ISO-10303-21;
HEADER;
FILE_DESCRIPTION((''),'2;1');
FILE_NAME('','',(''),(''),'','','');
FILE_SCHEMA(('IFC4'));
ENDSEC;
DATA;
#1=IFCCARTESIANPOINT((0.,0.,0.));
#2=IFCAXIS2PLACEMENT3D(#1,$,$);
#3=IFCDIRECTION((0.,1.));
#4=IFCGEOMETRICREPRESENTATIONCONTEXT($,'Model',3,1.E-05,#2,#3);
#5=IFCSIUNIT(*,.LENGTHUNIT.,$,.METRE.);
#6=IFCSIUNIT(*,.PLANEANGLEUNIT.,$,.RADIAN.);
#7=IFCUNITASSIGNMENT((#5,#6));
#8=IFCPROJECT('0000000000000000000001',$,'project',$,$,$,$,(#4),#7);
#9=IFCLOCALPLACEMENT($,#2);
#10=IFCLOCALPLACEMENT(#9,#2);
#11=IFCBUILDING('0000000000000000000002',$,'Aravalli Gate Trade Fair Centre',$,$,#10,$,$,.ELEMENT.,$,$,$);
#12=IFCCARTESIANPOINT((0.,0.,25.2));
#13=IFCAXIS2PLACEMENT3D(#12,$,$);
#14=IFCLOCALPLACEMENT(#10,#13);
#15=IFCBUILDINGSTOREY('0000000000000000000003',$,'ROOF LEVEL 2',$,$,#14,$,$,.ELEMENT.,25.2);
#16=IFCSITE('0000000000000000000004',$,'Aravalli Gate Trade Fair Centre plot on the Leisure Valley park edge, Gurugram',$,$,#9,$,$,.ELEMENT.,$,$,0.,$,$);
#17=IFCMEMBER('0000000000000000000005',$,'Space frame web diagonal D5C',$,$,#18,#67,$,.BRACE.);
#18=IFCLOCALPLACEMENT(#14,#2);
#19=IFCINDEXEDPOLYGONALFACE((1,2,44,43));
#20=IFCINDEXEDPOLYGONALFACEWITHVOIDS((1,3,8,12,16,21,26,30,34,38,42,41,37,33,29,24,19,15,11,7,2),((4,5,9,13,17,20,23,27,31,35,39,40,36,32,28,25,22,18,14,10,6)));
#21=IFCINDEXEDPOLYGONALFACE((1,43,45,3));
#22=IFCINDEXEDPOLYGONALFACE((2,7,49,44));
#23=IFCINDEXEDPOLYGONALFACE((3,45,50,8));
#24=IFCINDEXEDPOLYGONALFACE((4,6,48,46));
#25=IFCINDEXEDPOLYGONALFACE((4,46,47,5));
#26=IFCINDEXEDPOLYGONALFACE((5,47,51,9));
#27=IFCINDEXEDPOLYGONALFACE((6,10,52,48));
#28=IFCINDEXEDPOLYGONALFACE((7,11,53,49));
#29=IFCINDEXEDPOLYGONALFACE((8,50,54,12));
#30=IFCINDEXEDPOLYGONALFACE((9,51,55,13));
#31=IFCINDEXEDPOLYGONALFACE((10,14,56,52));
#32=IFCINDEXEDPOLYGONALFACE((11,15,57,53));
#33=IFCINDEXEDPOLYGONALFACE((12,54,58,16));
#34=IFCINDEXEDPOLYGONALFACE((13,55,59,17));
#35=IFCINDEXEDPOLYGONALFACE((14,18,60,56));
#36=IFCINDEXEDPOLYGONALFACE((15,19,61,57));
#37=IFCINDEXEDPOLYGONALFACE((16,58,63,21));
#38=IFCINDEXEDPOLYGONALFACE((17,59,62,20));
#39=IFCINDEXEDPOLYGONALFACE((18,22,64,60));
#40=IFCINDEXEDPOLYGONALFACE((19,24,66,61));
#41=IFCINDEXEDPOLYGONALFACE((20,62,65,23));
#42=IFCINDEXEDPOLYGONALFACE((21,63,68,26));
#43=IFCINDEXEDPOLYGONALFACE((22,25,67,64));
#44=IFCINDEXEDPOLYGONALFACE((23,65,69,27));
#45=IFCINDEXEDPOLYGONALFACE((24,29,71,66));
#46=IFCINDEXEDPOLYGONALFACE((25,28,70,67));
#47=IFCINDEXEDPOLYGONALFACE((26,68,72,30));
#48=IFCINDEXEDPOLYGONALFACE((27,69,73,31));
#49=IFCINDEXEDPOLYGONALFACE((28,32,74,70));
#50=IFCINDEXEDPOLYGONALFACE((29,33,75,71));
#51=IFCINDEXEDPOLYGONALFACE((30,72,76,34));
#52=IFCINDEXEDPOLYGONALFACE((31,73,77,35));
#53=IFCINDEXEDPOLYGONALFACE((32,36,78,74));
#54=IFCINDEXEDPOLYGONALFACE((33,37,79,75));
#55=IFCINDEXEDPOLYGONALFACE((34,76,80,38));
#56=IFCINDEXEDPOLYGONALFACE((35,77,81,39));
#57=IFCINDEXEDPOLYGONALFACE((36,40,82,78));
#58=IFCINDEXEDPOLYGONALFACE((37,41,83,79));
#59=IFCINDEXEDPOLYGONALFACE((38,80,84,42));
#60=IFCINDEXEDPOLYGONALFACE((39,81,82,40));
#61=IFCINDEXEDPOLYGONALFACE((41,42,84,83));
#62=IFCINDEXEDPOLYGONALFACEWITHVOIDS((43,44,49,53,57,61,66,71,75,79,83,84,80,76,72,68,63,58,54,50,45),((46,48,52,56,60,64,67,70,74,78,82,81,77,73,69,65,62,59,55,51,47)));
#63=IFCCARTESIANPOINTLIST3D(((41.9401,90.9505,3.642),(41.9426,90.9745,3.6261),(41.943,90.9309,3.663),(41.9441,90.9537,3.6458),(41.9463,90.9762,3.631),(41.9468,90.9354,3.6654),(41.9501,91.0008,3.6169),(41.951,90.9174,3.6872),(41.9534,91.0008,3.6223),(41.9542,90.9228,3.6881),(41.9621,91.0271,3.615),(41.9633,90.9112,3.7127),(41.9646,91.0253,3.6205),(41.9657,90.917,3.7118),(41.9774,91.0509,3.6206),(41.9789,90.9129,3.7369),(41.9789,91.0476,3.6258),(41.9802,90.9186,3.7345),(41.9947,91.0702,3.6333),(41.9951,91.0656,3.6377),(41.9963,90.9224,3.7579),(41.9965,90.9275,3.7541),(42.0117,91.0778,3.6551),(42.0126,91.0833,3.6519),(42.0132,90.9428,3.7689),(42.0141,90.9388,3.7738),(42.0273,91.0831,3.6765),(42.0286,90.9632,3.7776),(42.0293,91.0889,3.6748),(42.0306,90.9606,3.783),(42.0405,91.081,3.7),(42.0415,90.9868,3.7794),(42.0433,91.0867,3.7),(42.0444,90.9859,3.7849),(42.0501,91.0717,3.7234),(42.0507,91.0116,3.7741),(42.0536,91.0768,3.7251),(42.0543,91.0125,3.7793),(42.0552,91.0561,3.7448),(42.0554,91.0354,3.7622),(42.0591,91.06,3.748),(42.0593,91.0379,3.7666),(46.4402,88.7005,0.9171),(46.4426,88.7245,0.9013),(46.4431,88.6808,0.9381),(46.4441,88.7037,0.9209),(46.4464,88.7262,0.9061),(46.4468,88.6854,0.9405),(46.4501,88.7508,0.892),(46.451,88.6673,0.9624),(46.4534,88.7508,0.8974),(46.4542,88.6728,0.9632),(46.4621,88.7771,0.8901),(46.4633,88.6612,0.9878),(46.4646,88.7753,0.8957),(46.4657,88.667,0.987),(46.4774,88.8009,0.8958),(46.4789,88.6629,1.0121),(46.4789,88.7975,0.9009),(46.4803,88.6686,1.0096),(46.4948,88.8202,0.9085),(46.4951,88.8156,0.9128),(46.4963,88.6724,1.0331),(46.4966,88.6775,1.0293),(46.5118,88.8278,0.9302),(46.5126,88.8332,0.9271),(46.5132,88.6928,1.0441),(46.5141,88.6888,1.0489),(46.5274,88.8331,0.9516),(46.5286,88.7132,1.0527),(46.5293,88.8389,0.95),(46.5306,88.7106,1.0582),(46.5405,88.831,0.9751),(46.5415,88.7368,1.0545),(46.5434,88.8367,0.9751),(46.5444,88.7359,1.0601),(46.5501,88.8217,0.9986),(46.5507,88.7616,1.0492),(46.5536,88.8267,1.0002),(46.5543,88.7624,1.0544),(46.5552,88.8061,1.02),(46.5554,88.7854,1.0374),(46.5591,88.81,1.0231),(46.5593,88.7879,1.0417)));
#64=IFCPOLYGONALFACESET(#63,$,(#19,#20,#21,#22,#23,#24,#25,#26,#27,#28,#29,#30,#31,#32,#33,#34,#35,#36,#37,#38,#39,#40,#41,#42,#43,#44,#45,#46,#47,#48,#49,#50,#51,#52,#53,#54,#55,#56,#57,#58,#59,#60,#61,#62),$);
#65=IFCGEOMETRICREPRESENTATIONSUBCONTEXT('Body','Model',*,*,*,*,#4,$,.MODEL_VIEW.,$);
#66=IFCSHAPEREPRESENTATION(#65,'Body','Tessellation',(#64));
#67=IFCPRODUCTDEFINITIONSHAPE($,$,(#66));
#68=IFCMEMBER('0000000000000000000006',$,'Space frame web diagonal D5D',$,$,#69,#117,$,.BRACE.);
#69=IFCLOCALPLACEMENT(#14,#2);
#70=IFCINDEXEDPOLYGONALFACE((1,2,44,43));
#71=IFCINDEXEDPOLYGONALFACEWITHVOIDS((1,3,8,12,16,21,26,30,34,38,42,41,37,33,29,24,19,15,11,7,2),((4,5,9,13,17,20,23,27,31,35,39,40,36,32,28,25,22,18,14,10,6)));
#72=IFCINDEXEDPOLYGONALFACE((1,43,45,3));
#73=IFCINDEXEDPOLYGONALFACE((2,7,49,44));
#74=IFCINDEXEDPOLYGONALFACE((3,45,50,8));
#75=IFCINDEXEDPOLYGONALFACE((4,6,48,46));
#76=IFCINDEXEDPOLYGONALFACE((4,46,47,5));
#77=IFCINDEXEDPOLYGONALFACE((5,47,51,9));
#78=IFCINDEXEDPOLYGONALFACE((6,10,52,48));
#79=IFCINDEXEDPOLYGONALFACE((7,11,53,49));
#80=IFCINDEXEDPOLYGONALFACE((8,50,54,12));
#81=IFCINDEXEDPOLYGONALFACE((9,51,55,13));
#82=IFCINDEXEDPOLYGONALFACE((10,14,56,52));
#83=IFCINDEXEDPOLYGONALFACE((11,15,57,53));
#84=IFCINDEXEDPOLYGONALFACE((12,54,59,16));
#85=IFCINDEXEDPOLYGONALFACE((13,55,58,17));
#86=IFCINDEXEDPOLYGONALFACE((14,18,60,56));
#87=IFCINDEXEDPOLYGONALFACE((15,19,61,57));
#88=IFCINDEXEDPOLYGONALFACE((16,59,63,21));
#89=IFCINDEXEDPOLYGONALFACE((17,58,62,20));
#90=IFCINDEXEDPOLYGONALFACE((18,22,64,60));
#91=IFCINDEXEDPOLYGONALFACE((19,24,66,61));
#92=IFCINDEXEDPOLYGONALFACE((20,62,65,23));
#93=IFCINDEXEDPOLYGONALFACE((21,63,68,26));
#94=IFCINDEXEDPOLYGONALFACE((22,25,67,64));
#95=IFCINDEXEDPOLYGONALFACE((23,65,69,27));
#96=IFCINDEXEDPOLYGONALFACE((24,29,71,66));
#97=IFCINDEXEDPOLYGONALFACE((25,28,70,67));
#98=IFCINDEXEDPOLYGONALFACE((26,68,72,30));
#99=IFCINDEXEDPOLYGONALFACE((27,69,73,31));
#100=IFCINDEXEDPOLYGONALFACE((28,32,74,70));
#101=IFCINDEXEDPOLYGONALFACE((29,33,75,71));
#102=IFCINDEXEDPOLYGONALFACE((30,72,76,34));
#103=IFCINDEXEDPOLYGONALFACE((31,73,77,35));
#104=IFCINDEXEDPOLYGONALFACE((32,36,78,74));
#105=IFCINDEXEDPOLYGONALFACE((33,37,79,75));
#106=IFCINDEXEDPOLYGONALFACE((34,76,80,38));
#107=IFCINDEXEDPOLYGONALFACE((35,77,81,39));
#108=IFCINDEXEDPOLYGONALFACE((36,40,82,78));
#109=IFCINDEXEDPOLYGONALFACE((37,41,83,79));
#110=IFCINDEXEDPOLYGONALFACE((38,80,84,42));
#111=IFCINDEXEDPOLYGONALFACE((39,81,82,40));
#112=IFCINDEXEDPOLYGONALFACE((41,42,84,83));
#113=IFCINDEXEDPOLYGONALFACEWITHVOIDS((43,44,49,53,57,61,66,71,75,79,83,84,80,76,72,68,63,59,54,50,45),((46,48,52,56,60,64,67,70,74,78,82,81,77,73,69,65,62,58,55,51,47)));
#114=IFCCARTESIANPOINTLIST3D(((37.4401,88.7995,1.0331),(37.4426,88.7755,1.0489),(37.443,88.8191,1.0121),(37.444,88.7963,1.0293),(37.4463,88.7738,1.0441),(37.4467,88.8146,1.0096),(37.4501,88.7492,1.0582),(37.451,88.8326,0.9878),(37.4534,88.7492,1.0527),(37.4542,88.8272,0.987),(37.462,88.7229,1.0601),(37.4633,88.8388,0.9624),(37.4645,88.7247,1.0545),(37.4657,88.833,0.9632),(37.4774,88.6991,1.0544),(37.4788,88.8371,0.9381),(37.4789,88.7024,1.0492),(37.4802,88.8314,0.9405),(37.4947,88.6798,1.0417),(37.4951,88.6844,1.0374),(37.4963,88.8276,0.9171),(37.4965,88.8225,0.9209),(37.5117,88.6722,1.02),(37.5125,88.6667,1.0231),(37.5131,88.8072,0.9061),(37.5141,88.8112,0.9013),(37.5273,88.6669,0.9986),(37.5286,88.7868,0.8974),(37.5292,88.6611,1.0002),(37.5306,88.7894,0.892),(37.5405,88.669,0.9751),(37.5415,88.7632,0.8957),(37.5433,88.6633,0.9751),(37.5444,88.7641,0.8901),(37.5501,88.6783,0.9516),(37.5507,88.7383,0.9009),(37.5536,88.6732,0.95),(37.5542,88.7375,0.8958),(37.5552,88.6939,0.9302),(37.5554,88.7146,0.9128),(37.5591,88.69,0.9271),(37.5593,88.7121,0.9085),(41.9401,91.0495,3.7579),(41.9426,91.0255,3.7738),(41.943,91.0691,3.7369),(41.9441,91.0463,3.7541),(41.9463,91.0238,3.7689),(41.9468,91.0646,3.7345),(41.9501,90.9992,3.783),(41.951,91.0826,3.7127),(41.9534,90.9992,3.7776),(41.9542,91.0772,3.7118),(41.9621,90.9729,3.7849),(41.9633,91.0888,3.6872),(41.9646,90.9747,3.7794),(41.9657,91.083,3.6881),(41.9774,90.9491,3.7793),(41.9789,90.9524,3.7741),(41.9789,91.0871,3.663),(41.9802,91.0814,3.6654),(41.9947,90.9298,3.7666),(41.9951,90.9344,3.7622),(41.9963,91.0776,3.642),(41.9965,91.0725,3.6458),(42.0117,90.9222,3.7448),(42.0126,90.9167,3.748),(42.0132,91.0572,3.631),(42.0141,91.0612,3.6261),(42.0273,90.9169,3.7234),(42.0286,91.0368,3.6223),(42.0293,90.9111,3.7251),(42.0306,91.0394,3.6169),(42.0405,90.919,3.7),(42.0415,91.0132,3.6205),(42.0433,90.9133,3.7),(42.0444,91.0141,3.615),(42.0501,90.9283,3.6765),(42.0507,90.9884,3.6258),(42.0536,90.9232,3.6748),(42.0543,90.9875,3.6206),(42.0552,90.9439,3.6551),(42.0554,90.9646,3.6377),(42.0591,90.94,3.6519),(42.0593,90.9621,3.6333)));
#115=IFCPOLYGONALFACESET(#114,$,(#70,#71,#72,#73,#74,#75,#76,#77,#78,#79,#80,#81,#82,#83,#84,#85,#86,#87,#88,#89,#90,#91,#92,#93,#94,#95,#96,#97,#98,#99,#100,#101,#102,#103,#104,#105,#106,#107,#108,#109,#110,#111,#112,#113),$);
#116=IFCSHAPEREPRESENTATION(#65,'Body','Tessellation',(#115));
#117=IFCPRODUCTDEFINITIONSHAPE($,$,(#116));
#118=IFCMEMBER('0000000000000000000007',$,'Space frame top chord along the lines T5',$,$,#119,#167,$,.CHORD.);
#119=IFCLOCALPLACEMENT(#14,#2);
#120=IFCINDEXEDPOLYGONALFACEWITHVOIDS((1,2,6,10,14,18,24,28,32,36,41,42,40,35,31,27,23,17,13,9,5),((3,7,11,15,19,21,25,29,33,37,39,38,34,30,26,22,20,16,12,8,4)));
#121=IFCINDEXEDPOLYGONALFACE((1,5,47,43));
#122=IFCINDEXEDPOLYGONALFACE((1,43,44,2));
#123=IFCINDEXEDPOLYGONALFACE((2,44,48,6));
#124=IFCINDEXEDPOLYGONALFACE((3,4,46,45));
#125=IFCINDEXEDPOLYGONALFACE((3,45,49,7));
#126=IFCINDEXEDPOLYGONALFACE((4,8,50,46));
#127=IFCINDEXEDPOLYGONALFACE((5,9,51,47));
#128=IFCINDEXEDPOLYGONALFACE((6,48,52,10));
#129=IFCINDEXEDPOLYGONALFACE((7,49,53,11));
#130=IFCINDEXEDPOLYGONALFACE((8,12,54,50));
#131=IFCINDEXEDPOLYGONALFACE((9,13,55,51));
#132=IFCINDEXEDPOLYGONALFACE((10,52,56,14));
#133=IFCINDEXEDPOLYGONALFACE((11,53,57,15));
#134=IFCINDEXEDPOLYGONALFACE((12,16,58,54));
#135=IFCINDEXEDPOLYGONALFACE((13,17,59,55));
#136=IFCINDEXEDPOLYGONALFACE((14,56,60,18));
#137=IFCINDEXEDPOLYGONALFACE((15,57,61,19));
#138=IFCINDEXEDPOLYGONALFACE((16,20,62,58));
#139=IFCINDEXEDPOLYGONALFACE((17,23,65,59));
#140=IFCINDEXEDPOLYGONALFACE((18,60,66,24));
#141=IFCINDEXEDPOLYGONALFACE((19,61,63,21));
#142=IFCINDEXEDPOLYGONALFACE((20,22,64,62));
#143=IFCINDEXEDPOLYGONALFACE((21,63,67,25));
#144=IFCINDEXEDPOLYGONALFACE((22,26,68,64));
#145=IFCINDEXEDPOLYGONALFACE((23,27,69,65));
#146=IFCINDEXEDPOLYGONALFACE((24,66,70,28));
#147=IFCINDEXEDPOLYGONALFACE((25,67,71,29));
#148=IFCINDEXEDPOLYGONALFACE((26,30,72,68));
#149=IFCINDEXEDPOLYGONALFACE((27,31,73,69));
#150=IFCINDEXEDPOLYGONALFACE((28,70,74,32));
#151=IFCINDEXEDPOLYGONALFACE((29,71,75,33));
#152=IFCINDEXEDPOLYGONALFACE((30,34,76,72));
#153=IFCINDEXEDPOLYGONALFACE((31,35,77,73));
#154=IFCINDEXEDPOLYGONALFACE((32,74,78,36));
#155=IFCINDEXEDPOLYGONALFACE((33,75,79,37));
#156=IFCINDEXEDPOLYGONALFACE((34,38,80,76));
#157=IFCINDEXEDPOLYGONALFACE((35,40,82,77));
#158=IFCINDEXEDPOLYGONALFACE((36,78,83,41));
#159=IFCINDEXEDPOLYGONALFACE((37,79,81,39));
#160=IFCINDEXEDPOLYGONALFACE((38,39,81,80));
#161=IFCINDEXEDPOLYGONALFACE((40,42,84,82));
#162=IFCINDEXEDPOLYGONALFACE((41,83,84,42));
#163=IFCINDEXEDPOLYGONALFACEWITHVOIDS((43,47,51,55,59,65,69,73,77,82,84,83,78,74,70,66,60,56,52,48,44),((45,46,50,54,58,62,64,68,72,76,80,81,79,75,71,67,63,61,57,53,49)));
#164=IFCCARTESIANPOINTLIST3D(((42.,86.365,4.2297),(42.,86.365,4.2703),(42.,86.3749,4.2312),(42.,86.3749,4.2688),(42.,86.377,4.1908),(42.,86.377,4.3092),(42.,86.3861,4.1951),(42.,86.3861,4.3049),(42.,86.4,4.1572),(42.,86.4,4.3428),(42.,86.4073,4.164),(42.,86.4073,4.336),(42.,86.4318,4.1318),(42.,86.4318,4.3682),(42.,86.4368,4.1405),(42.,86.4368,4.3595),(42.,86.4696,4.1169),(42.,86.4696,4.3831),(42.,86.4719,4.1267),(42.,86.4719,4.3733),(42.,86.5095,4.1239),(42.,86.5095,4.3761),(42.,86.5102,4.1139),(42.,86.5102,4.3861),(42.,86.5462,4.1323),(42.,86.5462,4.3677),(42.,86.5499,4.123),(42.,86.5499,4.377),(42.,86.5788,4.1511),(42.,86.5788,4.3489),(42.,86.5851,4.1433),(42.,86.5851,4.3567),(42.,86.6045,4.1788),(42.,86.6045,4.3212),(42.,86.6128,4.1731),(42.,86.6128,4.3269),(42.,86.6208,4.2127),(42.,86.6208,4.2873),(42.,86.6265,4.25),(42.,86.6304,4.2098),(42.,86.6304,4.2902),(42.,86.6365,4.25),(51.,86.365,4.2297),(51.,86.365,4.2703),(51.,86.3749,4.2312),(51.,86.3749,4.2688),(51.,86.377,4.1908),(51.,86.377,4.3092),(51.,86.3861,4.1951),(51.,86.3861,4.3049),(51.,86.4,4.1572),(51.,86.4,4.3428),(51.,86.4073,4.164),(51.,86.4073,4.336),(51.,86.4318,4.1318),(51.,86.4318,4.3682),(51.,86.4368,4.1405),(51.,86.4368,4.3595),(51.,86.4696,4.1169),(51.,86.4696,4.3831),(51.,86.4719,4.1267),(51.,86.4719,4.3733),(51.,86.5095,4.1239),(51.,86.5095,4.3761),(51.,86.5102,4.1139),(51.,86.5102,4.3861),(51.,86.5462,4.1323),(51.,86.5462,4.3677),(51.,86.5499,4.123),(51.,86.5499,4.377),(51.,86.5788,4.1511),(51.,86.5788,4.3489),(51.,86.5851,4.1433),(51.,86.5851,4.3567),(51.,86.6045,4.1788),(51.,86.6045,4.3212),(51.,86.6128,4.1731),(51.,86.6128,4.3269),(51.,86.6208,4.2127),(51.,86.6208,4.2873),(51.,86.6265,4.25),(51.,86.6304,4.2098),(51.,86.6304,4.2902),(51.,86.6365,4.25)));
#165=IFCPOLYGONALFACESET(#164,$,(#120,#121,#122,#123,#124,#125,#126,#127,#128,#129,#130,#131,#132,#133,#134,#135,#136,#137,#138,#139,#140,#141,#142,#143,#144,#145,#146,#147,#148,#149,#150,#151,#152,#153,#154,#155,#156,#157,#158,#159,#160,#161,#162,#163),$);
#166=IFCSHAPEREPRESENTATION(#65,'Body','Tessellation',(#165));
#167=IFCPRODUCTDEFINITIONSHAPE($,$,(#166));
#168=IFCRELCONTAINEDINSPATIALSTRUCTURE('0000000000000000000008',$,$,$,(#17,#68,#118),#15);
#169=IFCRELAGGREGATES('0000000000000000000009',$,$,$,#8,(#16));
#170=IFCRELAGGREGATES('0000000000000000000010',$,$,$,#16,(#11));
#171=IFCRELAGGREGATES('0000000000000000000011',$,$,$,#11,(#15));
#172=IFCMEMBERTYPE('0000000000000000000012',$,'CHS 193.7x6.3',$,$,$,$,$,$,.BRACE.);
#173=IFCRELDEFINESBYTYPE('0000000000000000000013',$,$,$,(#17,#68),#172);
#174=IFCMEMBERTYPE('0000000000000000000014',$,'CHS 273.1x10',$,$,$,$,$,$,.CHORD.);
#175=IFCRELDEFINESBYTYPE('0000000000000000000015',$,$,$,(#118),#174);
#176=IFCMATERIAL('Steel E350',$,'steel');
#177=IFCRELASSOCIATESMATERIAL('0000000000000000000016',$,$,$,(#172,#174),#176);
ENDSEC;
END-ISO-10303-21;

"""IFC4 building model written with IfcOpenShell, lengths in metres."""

from ifc_helpers import new_model, si_unit, direction, frame, origin, origin_2d, place, context, subcontext, project, spatial, hollow_circle, extrude, material, material_profile, profile_set, type_object, element, save


model = new_model("IFC4")

# Units and contexts
model_context = context("Model", 3, precision=1e-05, world=origin(), true_north=direction((0.0, 1.0)))
body_context = subcontext(model_context, "Body", "Model", "MODEL_VIEW")
ifc_project = project(units=[si_unit("LENGTHUNIT", "METRE"), si_unit("PLANEANGLEUNIT", "RADIAN")], contexts=[model_context])

# Site, building, storey
site_placement = place(None, origin())
site = spatial("IfcSite", under=ifc_project, at=site_placement, Name="Aravalli Gate Trade Fair Centre plot on the Leisure Valley park edge, Gurugram", CompositionType="ELEMENT", RefElevation=0.0)
building_placement = place(site_placement, origin())
building = spatial("IfcBuilding", under=site, at=building_placement, Name="Aravalli Gate Trade Fair Centre", CompositionType="ELEMENT")
storey_placement = place(building_placement, frame((0.0, 0.0, 25.2)))
storey = spatial("IfcBuildingStorey", under=building, at=storey_placement, Name="ROOF LEVEL 2", CompositionType="ELEMENT", Elevation=25.2)

# Members
ifc_material_1 = material(Name="Steel E350", Category="steel")
ifc_material_profile_1 = material_profile(ifc_material_1, hollow_circle(Radius=0.0969, WallThickness=0.0063, at=origin_2d()), Name="CHS 193.7x6.3")
ifc_profile_set_1 = profile_set([ifc_material_profile_1], Name="Steel E350")
member_type_1 = type_object("IfcMemberType", Name="CHS 193.7x6.3", PredefinedType="BRACE", material=ifc_profile_set_1)
for number, where, z_axis, x_axis, name in (
    (1, (42.0, 91.0, 3.7), (0.786486, -0.393243, -0.476235), (0.447214, 0.894427, 0.0), "Space frame web diagonal D5C"),
    (2, (42.0, 91.0, 3.7), (-0.786486, -0.393243, -0.476235), (0.447214, -0.894427, 0.0), "Space frame web diagonal D5D"),
):
    element("IfcMember", number, at=place(storey_placement, frame(where, z_axis=z_axis, x_axis=x_axis)), inside=storey, type_object=member_type_1, Name=name, PredefinedType="BRACE", context=body_context, shape_type="SweptSolid", body=[
        extrude(hollow_circle(Radius=0.0969, WallThickness=0.0063, at=origin_2d()), origin(), (0.0, 0.0, 1.0), 5.7217),
    ])
ifc_material_profile_2 = material_profile(ifc_material_1, hollow_circle(Radius=0.1365, WallThickness=0.01, at=origin_2d()), Name="CHS 273.1x10")
ifc_profile_set_2 = profile_set([ifc_material_profile_2], Name="Steel E350")
member_type_2 = type_object("IfcMemberType", Name="CHS 273.1x10", PredefinedType="CHORD", material=ifc_profile_set_2)
for number, where, z_axis, x_axis, name in (
    (3, (42.0, 86.5, 4.25), (1.0, 0.0, 0.0), (0.0, 1.0, 0.0), "Space frame top chord along the lines T5"),
):
    element("IfcMember", number, at=place(storey_placement, frame(where, z_axis=z_axis, x_axis=x_axis)), inside=storey, type_object=member_type_2, Name=name, PredefinedType="CHORD", context=body_context, shape_type="SweptSolid", body=[
        extrude(hollow_circle(Radius=0.1365, WallThickness=0.01, at=origin_2d()), origin(), (0.0, 0.0, 1.0), 9.0),
    ])

save(model, "model.ifc")
